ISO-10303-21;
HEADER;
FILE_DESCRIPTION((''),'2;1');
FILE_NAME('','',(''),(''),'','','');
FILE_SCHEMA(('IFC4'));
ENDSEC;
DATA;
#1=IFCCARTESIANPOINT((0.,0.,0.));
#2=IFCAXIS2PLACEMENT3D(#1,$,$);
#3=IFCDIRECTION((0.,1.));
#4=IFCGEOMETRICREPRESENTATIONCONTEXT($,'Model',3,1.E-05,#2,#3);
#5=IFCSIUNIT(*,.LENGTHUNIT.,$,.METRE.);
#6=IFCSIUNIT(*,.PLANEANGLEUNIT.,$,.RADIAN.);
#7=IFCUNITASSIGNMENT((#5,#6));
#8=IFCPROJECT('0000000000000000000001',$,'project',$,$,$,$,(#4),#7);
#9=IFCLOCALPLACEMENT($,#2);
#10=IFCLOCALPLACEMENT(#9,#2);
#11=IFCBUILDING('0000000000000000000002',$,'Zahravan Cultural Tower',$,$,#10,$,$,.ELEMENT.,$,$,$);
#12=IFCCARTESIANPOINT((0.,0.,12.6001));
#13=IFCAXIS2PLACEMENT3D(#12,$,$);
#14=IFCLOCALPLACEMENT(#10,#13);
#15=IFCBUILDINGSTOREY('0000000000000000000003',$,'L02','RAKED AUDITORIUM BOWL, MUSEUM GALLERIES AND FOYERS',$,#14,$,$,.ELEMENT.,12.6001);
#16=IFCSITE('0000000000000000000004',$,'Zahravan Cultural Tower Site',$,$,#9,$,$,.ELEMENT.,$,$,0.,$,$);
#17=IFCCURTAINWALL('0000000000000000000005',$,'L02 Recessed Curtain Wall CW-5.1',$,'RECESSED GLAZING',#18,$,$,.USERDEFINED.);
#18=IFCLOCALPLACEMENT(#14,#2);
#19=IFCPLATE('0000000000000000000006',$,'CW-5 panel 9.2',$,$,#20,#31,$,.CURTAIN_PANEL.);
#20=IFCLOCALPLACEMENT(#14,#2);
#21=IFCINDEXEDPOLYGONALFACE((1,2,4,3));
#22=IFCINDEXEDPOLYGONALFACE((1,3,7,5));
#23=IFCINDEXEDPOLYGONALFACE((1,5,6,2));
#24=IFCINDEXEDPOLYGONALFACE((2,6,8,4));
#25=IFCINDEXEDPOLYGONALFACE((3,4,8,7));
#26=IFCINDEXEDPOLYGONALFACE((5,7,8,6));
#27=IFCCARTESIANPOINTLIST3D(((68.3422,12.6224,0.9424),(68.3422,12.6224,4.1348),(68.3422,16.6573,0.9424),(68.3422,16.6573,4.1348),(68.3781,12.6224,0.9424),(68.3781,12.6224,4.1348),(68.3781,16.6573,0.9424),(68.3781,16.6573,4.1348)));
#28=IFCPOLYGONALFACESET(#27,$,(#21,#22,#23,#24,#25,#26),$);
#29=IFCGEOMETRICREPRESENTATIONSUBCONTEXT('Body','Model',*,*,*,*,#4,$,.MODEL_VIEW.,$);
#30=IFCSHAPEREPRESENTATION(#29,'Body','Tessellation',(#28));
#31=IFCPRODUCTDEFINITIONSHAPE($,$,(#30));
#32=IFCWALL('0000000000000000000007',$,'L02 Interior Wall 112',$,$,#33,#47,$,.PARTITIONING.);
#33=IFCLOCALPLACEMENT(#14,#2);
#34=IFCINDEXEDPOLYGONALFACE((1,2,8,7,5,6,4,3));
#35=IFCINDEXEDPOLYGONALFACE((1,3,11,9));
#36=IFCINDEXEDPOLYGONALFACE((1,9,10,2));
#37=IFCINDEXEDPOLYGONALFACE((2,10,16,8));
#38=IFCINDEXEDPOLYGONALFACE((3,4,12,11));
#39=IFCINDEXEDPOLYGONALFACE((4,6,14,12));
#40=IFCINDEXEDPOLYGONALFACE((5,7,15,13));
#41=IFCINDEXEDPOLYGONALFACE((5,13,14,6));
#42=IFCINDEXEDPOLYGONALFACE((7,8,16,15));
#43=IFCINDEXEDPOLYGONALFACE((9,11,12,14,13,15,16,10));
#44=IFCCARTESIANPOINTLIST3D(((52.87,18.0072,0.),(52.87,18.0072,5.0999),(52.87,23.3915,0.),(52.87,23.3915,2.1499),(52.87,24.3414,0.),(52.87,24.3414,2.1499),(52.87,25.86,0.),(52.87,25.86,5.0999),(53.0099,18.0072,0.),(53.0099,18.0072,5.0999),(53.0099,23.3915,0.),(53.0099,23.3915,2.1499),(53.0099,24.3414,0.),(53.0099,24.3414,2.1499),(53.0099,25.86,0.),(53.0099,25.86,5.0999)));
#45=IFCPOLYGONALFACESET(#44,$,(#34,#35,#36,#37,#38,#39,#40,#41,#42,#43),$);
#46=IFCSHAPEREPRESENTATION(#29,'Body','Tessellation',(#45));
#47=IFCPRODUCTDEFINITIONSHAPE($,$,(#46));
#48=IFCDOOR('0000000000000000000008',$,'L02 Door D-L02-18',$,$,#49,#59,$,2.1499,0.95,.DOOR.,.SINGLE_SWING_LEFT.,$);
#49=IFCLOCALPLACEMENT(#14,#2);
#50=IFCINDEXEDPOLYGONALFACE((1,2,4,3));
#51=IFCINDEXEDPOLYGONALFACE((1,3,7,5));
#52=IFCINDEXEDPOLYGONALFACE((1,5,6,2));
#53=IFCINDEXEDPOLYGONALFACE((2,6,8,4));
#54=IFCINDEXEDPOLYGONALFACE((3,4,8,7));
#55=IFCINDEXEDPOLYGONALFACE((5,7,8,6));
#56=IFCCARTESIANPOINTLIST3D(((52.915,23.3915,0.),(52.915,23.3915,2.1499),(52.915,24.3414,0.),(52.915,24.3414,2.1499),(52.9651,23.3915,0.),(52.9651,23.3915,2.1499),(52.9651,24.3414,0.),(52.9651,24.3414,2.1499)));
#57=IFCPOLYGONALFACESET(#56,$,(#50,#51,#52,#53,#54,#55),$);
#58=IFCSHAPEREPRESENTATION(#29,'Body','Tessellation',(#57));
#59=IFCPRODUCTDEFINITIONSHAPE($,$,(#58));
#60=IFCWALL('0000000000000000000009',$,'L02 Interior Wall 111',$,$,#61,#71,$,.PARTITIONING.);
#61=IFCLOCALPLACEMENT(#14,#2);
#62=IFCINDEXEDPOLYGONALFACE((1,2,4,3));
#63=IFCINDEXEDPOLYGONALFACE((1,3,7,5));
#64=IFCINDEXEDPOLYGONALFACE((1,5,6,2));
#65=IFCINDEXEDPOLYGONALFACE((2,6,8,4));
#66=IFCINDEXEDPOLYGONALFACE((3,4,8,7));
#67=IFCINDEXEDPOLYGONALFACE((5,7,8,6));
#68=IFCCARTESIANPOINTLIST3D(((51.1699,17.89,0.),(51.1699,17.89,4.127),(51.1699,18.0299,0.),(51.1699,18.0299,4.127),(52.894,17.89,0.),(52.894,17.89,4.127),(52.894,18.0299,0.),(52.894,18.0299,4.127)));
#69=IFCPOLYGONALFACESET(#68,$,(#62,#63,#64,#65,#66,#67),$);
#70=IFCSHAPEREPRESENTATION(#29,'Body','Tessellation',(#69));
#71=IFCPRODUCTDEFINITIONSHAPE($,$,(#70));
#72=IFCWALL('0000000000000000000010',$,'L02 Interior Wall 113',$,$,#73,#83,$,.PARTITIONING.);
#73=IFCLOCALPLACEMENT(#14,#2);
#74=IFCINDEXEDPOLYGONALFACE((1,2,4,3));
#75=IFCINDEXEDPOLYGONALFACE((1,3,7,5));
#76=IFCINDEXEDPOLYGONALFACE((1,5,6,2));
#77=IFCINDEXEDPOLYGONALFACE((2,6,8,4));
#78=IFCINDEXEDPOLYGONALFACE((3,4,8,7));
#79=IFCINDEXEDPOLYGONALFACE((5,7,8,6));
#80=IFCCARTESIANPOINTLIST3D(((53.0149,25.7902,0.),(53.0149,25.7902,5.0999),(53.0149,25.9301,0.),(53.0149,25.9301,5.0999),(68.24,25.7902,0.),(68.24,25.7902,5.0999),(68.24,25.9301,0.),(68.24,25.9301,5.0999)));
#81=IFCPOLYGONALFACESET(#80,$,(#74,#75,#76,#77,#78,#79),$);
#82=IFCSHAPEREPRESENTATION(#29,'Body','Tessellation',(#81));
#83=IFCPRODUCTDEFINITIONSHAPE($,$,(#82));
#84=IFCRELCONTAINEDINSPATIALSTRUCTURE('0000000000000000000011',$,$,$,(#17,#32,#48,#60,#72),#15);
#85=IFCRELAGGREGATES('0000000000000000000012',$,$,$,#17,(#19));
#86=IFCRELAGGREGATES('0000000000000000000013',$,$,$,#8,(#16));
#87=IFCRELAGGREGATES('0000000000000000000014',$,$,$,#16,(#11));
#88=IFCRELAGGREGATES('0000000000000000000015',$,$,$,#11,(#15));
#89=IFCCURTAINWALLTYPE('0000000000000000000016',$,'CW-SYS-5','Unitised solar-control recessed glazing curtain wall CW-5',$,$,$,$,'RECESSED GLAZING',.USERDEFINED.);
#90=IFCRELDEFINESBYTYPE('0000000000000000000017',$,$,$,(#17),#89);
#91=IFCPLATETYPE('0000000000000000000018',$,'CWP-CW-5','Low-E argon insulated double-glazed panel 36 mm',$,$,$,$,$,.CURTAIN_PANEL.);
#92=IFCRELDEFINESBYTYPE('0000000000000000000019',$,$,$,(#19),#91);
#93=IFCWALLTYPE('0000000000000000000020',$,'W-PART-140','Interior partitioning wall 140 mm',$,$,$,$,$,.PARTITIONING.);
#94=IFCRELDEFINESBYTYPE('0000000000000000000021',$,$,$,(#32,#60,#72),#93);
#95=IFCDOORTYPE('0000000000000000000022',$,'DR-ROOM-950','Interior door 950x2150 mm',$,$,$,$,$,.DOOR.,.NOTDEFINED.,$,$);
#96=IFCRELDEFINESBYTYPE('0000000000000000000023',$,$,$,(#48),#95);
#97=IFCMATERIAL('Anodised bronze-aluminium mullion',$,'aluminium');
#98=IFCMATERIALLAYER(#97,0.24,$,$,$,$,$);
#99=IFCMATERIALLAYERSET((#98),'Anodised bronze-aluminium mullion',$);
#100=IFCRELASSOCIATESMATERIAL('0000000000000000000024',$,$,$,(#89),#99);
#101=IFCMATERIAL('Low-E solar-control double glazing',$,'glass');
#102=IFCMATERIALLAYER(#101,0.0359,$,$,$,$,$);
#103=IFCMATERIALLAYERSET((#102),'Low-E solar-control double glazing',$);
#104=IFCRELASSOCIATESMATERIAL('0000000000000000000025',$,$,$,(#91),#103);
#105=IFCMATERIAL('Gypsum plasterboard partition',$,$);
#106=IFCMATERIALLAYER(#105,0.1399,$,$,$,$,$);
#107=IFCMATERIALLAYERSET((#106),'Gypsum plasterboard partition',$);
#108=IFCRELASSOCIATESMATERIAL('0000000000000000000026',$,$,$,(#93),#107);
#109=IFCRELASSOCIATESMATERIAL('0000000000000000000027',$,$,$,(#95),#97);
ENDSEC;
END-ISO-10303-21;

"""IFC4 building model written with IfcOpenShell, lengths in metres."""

from ifc_helpers import new_model, si_unit, direction, frame, frame_2d, origin, origin_2d, place, context, subcontext, project, spatial, rectangle, extrude, source, transform, mapped, material, layer, layer_set, type_object, element, fill, aggregate, save


model = new_model("IFC4")

# Units and contexts
model_context = context("Model", 3, precision=1e-05, world=origin(), true_north=direction((0.0, 1.0)))
body_context = subcontext(model_context, "Body", "Model", "MODEL_VIEW")
ifc_project = project(units=[si_unit("LENGTHUNIT", "METRE"), si_unit("PLANEANGLEUNIT", "RADIAN")], contexts=[model_context])

# Site, building, storey
site_placement = place(None, origin())
site = spatial("IfcSite", under=ifc_project, at=site_placement, Name="Zahravan Cultural Tower Site", CompositionType="ELEMENT", RefElevation=0.0)
building_placement = place(site_placement, origin())
building = spatial("IfcBuilding", under=site, at=building_placement, Name="Zahravan Cultural Tower", CompositionType="ELEMENT")
storey_placement = place(building_placement, frame((0.0, 0.0, 12.6001)))
storey = spatial("IfcBuildingStorey", under=building, at=storey_placement, Name="L02", Description="RAKED AUDITORIUM BOWL, MUSEUM GALLERIES AND FOYERS", CompositionType="ELEMENT", Elevation=12.6001)

# Curtain wall, plate
ifc_material_1 = material(Name="Anodised bronze-aluminium mullion", Category="aluminium")
ifc_layer_1 = layer(ifc_material_1, 0.24)
ifc_layer_set_1 = layer_set([ifc_layer_1], Name="Anodised bronze-aluminium mullion")
curtain_wall_type = type_object("IfcCurtainWallType", Name="CW-SYS-5", Description="Unitised solar-control recessed glazing curtain wall CW-5", ElementType="RECESSED GLAZING", PredefinedType="USERDEFINED", material=ifc_layer_set_1)
curtain_wall_placement = place(storey_placement, origin())
curtain_wall = element("IfcCurtainWall", 1, at=curtain_wall_placement, inside=storey, type_object=curtain_wall_type, Name="L02 Recessed Curtain Wall CW-5.1", ObjectType="RECESSED GLAZING", PredefinedType="USERDEFINED")
ifc_material_2 = material(Name="Low-E solar-control double glazing", Category="glass")
ifc_layer_2 = layer(ifc_material_2, 0.0359)
ifc_layer_set_2 = layer_set([ifc_layer_2], Name="Low-E solar-control double glazing")
plate_type = type_object("IfcPlateType", Name="CWP-CW-5", Description="Low-E argon insulated double-glazed panel 36 mm", PredefinedType="CURTAIN_PANEL", material=ifc_layer_set_2)
shared_shape_1 = source(origin(), body_context, "Body", "SweptSolid", [
    extrude(rectangle(XDim=4.0349, YDim=0.0359, at=origin_2d()), origin(), (0.0, 0.0, 1.0), 3.1924),
])
plate_1_placement = place(storey_placement, frame((68.3601, 14.6399, 0.9424), z_axis=(0.0, 0.0, 1.0), x_axis=(0.0, -1.0, 0.0)))
plate_1 = element("IfcPlate", 2, at=plate_1_placement, type_object=plate_type, Name="CW-5 panel 9.2", PredefinedType="CURTAIN_PANEL", context=body_context, shape_type="MappedRepresentation", body=[
    mapped(shared_shape_1, transform((0.0, 0.0, 0.0), x_axis=(1.0, 0.0, 0.0), y_axis=(0.0, 1.0, 0.0), z_axis=(0.0, 0.0, 1.0), scale=1.0)),
])
aggregate(curtain_wall, [plate_1])

# Wall, opening, door
ifc_material_3 = material(Name="Gypsum plasterboard partition")
ifc_layer_3 = layer(ifc_material_3, 0.1399)
ifc_layer_set_3 = layer_set([ifc_layer_3], Name="Gypsum plasterboard partition")
wall_type = type_object("IfcWallType", Name="W-PART-140", Description="Interior partitioning wall 140 mm", PredefinedType="PARTITIONING", material=ifc_layer_set_3)
wall_1_placement = place(storey_placement, frame((52.9399, 18.0073, 0.0), z_axis=(0.0, 0.0, 1.0), x_axis=(0.0, 1.0, 0.0)))
wall_1 = element("IfcWall", 3, at=wall_1_placement, inside=storey, type_object=wall_type, Name="L02 Interior Wall 112", PredefinedType="PARTITIONING", context=body_context, shape_type="SweptSolid", body=[
    extrude(rectangle(XDim=7.8528, YDim=0.1399, at=frame_2d((3.9263, 0.0))), origin(), (0.0, 0.0, 1.0), 5.0999),
])
opening_placement = place(wall_1_placement, frame((5.384, 0.0, 0.0)))
opening = element("IfcOpeningElement", 4, at=opening_placement, cuts=wall_1, PredefinedType="OPENING", context=body_context, shape_type="SweptSolid", body=[
    extrude(rectangle(XDim=0.95, YDim=2.1499, at=frame_2d((0.4751, 1.075))), frame((0.0, 0.0798, 0.0), z_axis=(0.0, -1.0, 0.0), x_axis=(1.0, 0.0, 0.0)), (0.0, 0.0, 1.0), 0.1599),
])
door_type = type_object("IfcDoorType", Name="DR-ROOM-950", Description="Interior door 950x2150 mm", OperationType="NOTDEFINED", PredefinedType="DOOR", material=ifc_material_1)
shared_shape_2 = source(origin(), body_context, "Body", "SweptSolid", [
    extrude(rectangle(XDim=0.95, YDim=2.1499, at=frame_2d((0.4751, 1.075))), frame((0.0, 0.0249, 0.0), z_axis=(0.0, -1.0, 0.0), x_axis=(1.0, 0.0, 0.0)), (0.0, 0.0, 1.0), 0.05),
])
door_placement = place(opening_placement, origin())
door = element("IfcDoor", 5, at=door_placement, inside=storey, type_object=door_type, Name="L02 Door D-L02-18", OperationType="SINGLE_SWING_LEFT", OverallHeight=2.1499, OverallWidth=0.95, PredefinedType="DOOR", context=body_context, shape_type="MappedRepresentation", body=[
    mapped(shared_shape_2, transform((0.0, 0.0, 0.0), x_axis=(1.0, 0.0, 0.0), y_axis=(0.0, 1.0, 0.0), z_axis=(0.0, 0.0, 1.0), scale=1.0)),
])
fill(opening, door)

# Walls
shared_shape_3 = source(origin(), body_context, "Body", "SweptSolid", [
    extrude(rectangle(XDim=1.7241, YDim=0.1399, at=frame_2d((0.8621, 0.0))), origin(), (0.0, 0.0, 1.0), 4.127),
])
wall_2_placement = place(storey_placement, frame((51.1699, 17.96, 0.0), z_axis=(0.0, 0.0, 1.0), x_axis=(1.0, 0.0, 0.0)))
element("IfcWall", 6, at=wall_2_placement, inside=storey, type_object=wall_type, Name="L02 Interior Wall 111", PredefinedType="PARTITIONING", context=body_context, shape_type="MappedRepresentation", body=[
    mapped(shared_shape_3, transform((0.0, 0.0, 0.0), x_axis=(1.0, 0.0, 0.0), y_axis=(0.0, 1.0, 0.0), z_axis=(0.0, 0.0, 1.0), scale=1.0)),
])
shared_shape_4 = source(origin(), body_context, "Body", "SweptSolid", [
    extrude(rectangle(XDim=15.2251, YDim=0.1399, at=frame_2d((7.6125, 0.0))), origin(), (0.0, 0.0, 1.0), 5.0999),
])
wall_3_placement = place(storey_placement, frame((53.0149, 25.8601, 0.0), z_axis=(0.0, 0.0, 1.0), x_axis=(1.0, 0.0, 0.0)))
element("IfcWall", 7, at=wall_3_placement, inside=storey, type_object=wall_type, Name="L02 Interior Wall 113", PredefinedType="PARTITIONING", context=body_context, shape_type="MappedRepresentation", body=[
    mapped(shared_shape_4, transform((0.0, 0.0, 0.0), x_axis=(1.0, 0.0, 0.0), y_axis=(0.0, 1.0, 0.0), z_axis=(0.0, 0.0, 1.0), scale=1.0)),
])

save(model, "model.ifc")
